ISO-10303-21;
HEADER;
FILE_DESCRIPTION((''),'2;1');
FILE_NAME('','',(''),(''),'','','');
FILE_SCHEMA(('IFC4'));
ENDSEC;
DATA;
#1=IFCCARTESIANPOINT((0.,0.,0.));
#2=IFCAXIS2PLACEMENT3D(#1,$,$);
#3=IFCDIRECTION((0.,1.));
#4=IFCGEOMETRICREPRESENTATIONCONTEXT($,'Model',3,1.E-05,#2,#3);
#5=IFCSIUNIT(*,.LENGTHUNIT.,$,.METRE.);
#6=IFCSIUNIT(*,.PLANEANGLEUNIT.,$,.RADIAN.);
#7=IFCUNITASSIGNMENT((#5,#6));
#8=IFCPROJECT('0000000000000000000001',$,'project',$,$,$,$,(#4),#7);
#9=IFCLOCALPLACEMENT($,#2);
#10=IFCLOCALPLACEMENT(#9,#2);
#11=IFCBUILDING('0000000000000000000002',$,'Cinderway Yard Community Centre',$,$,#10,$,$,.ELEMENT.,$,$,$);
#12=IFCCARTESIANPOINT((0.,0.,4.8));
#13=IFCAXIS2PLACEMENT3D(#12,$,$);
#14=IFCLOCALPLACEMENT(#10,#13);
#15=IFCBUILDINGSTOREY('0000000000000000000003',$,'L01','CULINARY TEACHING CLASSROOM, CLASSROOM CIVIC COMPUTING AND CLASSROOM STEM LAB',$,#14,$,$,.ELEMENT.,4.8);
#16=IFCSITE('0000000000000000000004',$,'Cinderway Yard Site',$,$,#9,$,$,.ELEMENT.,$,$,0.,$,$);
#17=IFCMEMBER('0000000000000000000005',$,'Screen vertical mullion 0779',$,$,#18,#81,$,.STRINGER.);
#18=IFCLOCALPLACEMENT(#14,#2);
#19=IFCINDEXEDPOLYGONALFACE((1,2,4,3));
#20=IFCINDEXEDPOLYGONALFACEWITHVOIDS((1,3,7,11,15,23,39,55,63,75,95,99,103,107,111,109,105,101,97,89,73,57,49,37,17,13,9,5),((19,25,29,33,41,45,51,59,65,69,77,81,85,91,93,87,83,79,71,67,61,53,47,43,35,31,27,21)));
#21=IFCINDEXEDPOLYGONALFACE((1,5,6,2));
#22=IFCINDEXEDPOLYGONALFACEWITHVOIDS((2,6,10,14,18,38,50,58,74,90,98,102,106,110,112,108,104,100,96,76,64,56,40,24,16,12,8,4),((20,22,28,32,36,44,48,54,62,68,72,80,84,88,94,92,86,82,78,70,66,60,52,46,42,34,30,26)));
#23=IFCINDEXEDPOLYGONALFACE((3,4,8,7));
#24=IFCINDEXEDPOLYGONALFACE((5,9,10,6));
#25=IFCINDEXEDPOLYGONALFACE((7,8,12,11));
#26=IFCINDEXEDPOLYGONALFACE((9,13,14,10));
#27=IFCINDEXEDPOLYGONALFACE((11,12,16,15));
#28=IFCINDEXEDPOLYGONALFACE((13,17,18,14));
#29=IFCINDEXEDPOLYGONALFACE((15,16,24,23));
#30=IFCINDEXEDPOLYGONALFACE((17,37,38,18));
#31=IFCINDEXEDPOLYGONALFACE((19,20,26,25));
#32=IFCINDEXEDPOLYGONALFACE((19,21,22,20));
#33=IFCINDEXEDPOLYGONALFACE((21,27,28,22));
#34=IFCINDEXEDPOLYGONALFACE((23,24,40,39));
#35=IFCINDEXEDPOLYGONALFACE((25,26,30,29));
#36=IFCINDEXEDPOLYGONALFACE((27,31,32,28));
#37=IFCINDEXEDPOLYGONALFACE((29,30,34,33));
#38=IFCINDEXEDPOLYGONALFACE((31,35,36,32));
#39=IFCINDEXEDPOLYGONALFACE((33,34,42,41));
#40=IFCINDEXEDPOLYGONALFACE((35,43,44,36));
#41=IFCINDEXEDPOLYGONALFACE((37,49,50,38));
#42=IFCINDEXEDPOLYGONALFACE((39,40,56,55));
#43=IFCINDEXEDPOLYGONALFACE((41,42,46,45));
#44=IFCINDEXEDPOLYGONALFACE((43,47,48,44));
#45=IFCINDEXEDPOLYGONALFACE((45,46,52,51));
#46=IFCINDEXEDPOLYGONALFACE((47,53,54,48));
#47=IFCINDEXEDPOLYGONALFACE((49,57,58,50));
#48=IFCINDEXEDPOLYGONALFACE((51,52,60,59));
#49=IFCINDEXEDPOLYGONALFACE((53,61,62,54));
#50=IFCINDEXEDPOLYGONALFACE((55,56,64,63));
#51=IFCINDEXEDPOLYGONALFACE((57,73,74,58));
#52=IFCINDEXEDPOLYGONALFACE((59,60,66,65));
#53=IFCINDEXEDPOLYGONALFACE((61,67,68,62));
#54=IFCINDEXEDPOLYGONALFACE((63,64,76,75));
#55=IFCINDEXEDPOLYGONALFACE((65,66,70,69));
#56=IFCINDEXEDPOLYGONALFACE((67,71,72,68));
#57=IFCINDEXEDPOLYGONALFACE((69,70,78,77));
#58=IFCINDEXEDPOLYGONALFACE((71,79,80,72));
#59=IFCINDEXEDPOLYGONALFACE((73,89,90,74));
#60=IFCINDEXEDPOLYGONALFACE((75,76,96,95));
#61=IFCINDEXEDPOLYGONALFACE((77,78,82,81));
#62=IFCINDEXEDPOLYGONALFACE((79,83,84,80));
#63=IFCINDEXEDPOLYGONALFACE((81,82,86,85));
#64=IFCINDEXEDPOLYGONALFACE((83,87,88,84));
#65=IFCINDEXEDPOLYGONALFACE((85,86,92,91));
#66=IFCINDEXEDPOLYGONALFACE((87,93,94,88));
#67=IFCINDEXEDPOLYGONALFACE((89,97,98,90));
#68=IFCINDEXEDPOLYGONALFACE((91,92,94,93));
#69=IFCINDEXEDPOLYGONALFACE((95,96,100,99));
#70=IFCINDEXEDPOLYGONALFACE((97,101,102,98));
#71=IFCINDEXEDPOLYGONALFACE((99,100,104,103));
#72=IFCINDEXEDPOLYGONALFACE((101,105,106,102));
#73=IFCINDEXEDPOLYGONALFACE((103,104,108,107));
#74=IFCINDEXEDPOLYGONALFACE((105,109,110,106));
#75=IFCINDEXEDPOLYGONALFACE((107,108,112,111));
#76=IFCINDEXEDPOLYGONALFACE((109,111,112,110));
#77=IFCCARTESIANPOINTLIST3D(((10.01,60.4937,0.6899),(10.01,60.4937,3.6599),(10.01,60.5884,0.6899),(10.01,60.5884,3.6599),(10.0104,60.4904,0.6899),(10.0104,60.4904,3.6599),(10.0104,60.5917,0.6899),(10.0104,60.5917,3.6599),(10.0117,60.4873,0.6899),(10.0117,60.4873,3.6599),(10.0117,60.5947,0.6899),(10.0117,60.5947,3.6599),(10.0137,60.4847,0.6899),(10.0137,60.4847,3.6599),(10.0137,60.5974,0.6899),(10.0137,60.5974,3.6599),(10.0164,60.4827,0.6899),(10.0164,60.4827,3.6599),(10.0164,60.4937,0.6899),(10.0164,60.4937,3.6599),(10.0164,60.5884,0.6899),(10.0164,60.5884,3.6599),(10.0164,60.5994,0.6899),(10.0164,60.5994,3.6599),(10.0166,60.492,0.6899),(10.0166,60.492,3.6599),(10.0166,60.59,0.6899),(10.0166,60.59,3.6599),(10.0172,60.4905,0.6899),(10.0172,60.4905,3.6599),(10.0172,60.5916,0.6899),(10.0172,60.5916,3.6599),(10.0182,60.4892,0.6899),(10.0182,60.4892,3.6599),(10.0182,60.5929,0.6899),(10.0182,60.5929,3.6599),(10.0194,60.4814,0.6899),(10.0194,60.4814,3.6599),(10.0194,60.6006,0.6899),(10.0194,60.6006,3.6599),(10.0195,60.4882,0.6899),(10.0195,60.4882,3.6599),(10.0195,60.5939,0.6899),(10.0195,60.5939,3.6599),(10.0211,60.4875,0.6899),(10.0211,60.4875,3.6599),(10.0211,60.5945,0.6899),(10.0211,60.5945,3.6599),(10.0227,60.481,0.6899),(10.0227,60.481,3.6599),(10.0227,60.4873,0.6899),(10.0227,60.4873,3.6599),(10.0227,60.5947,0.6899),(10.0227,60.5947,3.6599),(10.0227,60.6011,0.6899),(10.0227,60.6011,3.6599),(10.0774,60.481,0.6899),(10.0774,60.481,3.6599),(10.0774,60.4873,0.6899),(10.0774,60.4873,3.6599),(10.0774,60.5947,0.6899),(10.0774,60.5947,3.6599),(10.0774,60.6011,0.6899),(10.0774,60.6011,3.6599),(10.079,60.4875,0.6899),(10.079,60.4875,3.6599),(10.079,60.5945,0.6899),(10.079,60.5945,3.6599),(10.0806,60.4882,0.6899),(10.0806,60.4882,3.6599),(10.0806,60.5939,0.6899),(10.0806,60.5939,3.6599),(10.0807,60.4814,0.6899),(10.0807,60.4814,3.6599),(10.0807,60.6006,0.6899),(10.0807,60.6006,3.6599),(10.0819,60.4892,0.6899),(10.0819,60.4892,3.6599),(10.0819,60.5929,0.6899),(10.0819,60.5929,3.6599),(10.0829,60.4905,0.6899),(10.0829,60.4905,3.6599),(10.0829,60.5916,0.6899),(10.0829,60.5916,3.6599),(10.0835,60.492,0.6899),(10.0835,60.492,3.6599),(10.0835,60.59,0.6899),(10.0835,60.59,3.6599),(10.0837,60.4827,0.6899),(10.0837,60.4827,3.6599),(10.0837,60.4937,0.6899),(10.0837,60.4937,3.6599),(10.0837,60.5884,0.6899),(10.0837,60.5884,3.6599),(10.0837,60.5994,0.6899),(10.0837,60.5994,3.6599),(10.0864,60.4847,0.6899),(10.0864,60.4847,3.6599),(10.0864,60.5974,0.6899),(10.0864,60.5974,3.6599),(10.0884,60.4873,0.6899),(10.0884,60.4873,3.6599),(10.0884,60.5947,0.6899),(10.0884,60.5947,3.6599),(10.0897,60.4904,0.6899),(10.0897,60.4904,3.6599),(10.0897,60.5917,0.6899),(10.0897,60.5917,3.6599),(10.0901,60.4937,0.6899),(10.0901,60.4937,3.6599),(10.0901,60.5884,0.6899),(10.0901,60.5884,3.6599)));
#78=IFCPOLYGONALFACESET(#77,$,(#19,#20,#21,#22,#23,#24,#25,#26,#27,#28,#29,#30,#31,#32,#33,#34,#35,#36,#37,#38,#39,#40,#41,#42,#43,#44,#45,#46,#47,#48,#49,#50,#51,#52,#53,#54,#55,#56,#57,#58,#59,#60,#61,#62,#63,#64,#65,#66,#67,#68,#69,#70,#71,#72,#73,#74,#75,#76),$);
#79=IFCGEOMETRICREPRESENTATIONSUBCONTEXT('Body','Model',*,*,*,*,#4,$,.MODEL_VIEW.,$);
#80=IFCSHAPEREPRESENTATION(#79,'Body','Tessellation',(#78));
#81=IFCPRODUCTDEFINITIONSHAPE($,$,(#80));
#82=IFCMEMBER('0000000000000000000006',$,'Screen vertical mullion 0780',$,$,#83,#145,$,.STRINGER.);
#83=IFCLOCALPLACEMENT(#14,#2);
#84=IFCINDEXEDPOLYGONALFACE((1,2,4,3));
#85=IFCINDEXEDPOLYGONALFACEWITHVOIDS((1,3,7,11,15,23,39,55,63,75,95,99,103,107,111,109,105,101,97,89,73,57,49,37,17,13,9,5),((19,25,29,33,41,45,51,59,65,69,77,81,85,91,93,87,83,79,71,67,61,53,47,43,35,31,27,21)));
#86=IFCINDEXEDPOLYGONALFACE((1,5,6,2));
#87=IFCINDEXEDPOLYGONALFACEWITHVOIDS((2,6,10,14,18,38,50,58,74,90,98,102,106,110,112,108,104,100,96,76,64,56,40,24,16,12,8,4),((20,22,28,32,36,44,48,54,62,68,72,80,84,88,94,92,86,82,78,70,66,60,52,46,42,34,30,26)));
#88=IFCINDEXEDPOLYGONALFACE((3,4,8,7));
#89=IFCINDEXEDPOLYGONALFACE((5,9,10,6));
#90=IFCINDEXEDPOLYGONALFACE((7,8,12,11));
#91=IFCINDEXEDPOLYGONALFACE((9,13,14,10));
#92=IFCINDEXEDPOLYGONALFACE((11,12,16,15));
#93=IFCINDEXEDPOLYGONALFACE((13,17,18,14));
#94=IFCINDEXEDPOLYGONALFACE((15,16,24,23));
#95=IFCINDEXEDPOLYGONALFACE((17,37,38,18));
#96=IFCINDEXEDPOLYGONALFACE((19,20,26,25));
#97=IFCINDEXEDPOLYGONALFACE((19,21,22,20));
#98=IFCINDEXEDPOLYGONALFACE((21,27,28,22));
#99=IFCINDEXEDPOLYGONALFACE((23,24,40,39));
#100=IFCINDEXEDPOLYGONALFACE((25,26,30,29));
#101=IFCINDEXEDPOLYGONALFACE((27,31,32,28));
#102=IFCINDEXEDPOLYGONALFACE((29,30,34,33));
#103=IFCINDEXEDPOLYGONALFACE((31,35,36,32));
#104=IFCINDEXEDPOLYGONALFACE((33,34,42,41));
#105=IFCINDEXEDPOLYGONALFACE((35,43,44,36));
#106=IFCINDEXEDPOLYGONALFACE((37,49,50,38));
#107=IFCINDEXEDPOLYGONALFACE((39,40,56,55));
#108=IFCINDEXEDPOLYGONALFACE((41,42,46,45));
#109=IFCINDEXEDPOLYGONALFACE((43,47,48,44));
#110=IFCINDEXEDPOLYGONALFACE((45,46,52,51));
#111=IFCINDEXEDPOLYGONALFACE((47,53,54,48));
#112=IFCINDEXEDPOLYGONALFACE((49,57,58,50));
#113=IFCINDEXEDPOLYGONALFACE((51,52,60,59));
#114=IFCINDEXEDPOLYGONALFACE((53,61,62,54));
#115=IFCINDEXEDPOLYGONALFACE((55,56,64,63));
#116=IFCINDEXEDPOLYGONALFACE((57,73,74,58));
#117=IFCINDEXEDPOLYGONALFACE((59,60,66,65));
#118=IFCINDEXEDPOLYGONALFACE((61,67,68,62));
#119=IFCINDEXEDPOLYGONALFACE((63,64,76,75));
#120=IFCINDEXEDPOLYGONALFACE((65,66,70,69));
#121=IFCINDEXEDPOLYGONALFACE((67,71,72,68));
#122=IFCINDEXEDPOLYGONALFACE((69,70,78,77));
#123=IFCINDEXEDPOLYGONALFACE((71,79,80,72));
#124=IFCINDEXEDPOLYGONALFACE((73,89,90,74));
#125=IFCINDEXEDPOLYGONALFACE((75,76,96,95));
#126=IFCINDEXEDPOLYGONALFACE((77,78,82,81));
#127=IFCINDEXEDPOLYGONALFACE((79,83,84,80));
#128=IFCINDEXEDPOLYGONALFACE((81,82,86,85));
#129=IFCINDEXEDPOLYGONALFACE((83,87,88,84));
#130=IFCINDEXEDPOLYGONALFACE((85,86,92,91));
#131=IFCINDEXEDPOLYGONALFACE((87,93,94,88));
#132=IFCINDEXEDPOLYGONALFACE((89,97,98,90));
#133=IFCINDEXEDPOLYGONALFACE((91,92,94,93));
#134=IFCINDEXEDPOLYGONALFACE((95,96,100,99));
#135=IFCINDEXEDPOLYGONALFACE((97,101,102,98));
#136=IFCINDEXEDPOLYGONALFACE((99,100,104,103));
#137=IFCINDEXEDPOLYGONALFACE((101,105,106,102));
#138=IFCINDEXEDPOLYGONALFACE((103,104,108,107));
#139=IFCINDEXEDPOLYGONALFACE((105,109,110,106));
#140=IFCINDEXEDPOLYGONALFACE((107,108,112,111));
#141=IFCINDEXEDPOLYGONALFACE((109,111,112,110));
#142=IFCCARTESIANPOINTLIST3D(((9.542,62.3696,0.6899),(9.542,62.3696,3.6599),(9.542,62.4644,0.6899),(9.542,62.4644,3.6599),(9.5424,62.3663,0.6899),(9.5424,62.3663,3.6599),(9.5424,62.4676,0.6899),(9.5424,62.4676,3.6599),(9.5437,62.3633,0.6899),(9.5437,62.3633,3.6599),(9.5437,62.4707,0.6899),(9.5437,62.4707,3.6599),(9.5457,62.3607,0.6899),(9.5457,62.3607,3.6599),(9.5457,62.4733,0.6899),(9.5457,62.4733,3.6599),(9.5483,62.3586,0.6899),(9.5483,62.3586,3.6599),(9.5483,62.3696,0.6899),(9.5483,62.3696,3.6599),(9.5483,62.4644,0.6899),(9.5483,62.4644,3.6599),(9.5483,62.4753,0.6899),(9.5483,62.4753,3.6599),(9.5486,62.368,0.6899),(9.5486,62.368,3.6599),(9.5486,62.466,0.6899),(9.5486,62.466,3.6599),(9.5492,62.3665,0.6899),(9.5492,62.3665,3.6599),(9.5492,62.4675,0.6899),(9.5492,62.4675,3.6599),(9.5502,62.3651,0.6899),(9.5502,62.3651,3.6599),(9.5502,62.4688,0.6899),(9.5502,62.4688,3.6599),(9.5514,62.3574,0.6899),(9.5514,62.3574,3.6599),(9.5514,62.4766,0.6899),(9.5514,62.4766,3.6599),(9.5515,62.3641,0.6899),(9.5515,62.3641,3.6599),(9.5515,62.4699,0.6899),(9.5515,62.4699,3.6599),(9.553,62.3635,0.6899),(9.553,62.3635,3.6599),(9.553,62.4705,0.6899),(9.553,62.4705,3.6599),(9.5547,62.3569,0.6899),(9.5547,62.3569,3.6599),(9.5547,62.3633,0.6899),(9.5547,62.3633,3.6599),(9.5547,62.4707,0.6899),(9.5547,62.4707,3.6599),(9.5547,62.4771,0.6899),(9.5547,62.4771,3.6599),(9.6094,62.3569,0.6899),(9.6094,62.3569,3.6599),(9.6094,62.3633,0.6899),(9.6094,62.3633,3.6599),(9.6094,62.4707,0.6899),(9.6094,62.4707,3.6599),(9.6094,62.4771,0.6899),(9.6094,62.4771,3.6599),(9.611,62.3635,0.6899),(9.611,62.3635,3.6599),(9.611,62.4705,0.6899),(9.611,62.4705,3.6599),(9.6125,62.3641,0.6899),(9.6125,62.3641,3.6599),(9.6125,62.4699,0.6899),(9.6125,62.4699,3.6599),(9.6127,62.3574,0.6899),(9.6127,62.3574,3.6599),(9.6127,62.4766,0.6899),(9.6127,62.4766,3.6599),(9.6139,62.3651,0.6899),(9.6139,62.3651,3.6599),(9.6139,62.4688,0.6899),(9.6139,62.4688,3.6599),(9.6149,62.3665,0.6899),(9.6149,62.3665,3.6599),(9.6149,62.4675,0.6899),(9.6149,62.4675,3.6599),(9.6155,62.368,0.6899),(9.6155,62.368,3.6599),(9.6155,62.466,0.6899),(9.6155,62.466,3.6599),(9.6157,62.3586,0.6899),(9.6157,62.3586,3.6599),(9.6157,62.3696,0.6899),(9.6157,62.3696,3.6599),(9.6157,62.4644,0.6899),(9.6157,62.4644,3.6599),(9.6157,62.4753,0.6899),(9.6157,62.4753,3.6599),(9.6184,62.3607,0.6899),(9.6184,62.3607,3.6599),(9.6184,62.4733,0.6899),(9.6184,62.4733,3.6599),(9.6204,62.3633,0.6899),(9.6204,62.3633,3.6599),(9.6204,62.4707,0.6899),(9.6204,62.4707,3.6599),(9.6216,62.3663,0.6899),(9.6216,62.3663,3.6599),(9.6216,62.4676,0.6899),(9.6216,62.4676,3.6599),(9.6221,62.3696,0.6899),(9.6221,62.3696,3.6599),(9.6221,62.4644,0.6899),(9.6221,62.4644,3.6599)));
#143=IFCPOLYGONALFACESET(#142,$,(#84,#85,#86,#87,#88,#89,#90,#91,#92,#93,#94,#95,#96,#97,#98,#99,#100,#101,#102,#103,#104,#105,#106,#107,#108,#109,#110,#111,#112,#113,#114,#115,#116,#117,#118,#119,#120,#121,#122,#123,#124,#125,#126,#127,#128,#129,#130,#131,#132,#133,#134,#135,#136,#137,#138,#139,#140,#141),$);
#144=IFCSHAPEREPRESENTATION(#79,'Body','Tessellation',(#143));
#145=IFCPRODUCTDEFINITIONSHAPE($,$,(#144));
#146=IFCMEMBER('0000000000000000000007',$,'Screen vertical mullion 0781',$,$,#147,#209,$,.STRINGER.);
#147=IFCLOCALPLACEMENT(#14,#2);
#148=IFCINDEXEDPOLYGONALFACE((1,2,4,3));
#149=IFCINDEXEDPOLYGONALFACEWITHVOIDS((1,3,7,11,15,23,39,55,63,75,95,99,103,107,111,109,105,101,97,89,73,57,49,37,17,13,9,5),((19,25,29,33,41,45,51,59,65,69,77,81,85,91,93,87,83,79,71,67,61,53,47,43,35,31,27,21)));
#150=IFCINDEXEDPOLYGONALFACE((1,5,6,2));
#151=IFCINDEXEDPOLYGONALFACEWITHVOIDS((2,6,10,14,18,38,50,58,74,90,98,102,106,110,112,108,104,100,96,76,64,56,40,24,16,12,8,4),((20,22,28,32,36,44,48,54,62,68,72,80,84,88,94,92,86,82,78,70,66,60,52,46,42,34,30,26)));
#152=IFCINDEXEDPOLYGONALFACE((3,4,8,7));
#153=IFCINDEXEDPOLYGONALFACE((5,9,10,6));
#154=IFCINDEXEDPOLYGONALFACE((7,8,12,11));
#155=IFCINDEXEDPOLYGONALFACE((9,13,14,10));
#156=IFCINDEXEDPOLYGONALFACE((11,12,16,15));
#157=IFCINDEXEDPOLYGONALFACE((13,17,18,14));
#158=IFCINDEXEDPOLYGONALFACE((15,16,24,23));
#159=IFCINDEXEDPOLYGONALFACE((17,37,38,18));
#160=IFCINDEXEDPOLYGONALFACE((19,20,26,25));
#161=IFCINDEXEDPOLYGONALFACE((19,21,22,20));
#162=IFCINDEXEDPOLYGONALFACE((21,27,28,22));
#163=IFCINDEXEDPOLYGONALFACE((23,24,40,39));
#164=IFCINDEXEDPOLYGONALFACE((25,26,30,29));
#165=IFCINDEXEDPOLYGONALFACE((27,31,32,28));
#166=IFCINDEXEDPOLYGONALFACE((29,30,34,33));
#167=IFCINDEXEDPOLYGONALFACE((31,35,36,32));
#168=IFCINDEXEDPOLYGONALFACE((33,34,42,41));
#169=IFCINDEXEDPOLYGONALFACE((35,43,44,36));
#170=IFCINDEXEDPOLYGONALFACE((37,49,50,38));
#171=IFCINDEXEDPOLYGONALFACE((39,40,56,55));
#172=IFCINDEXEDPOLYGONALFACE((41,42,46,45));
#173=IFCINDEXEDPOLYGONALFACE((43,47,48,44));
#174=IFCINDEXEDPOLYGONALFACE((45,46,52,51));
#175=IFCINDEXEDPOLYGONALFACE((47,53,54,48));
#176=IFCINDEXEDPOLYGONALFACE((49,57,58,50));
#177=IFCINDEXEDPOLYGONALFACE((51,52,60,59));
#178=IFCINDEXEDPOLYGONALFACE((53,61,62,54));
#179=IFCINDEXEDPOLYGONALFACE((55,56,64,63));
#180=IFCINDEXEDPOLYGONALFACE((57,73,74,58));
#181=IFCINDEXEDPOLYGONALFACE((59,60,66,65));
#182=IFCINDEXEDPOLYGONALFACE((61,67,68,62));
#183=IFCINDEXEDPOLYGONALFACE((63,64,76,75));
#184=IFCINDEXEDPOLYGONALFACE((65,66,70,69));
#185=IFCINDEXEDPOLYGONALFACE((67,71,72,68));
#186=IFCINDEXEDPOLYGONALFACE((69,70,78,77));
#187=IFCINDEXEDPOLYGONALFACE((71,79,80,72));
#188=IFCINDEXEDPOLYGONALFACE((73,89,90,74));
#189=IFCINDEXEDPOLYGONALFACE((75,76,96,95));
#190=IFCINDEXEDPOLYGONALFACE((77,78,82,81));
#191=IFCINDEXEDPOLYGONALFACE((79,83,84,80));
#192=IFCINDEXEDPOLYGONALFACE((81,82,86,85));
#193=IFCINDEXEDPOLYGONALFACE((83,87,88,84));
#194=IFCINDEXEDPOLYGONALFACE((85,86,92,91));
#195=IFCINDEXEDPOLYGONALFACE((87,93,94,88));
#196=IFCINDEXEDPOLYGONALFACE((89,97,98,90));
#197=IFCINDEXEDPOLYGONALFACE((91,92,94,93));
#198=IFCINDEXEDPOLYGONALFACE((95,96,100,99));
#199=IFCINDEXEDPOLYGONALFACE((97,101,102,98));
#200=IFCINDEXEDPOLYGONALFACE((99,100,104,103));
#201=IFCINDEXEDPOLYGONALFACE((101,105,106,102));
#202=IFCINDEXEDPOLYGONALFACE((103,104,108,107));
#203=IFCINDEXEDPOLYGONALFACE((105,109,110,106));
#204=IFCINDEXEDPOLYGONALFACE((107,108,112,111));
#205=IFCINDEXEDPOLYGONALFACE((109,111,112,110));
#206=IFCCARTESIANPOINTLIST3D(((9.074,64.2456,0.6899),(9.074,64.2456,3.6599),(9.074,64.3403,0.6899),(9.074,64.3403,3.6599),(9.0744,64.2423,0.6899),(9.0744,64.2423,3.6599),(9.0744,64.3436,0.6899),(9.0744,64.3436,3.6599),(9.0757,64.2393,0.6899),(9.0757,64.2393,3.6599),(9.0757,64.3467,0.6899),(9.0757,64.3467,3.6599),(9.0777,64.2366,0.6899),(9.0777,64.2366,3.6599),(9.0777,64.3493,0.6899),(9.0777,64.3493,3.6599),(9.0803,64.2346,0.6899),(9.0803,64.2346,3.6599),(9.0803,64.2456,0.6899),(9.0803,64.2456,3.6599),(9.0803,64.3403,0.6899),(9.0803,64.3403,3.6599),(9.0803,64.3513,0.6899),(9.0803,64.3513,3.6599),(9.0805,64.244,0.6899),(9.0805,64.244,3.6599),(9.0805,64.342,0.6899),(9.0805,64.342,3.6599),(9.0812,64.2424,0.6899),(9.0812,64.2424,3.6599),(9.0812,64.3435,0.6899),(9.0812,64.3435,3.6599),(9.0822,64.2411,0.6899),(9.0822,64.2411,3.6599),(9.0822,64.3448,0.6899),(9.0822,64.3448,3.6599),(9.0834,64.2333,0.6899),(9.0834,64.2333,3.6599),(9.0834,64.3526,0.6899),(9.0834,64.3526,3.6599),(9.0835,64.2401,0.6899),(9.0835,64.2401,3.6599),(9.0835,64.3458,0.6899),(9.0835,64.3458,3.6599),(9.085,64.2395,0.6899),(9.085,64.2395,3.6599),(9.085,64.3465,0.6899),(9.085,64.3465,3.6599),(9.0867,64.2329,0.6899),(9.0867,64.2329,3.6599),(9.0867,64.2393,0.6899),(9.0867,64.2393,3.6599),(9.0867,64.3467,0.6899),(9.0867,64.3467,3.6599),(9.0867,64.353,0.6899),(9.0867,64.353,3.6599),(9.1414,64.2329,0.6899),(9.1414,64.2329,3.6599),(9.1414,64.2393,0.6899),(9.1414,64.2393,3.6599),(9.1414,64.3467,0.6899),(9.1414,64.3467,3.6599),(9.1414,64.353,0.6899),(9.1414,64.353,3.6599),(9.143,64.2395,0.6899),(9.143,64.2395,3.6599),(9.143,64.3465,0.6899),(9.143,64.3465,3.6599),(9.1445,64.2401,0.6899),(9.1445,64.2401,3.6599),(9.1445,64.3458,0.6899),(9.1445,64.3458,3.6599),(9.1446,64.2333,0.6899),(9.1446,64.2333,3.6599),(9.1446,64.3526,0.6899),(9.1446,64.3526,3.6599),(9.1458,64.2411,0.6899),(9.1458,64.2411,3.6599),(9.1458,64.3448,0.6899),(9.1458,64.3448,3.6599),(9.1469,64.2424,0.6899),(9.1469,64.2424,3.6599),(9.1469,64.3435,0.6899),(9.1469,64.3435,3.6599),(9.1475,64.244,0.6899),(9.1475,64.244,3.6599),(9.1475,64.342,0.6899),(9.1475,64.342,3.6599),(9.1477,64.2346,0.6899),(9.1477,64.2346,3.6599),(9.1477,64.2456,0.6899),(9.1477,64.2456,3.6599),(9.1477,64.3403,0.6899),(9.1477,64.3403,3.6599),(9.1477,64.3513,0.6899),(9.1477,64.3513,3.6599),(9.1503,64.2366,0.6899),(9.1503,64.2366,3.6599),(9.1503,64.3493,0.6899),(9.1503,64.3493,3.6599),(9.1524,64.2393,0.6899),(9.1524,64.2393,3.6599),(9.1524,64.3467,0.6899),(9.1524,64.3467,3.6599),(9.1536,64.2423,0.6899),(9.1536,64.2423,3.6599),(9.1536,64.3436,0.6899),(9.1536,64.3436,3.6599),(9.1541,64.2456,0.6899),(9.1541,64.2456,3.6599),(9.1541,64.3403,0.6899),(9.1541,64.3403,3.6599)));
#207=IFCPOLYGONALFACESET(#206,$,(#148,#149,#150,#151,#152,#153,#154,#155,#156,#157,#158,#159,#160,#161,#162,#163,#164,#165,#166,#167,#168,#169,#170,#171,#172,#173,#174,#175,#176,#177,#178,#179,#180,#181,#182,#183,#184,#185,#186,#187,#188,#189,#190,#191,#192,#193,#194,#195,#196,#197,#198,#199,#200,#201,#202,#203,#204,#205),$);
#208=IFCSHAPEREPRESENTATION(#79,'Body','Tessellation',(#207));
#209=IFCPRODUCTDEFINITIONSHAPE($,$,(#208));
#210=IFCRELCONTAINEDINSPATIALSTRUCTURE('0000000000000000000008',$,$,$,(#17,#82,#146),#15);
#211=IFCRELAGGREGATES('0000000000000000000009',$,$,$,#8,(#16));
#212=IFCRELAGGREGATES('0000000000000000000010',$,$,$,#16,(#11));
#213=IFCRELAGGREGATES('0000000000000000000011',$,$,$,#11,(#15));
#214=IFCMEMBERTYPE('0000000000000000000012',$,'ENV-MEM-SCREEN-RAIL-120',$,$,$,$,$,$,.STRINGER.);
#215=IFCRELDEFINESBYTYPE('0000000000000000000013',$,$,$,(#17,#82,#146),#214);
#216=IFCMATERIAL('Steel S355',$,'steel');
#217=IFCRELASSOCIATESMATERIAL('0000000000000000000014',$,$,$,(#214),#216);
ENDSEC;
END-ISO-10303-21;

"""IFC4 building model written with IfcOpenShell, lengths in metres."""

from ifc_helpers import new_model, si_unit, direction, frame, origin, origin_2d, place, context, subcontext, project, spatial, hollow_rectangle, extrude, material, material_profile, profile_set, type_object, element, save


model = new_model("IFC4")

# Units and contexts
model_context = context("Model", 3, precision=1e-05, world=origin(), true_north=direction((0.0, 1.0)))
body_context = subcontext(model_context, "Body", "Model", "MODEL_VIEW")
ifc_project = project(units=[si_unit("LENGTHUNIT", "METRE"), si_unit("PLANEANGLEUNIT", "RADIAN")], contexts=[model_context])

# Site, building, storey
site_placement = place(None, origin())
site = spatial("IfcSite", under=ifc_project, at=site_placement, Name="Cinderway Yard Site", CompositionType="ELEMENT", RefElevation=0.0)
building_placement = place(site_placement, origin())
building = spatial("IfcBuilding", under=site, at=building_placement, Name="Cinderway Yard Community Centre", CompositionType="ELEMENT")
storey_placement = place(building_placement, frame((0.0, 0.0, 4.8)))
storey = spatial("IfcBuildingStorey", under=building, at=storey_placement, Name="L01", Description="CULINARY TEACHING CLASSROOM, CLASSROOM CIVIC COMPUTING AND CLASSROOM STEM LAB", CompositionType="ELEMENT", Elevation=4.8)

# Members
ifc_material_1 = material(Name="Steel S355", Category="steel")
ifc_material_profile_1 = material_profile(ifc_material_1, hollow_rectangle(XDim=0.0801, YDim=0.1201, WallThickness=0.0063, InnerFilletRadius=0.0063, OuterFilletRadius=0.0127, at=origin_2d()), Name="Steel S355")
ifc_profile_set_1 = profile_set([ifc_material_profile_1], Name="Steel S355")
member_type_1 = type_object("IfcMemberType", Name="ENV-MEM-SCREEN-RAIL-120", PredefinedType="STRINGER", material=ifc_profile_set_1)
for number, where, z_axis, x_axis, name in (
    (1, (10.05, 60.541, 0.6899), (0.0, 0.0, 1.0), (1.0, 0.0, 0.0), "Screen vertical mullion 0779"),
    (2, (9.582, 62.417, 0.6899), (0.0, 0.0, 1.0), (1.0, 0.0, 0.0), "Screen vertical mullion 0780"),
    (3, (9.114, 64.293, 0.6899), (0.0, 0.0, 1.0), (1.0, 0.0, 0.0), "Screen vertical mullion 0781"),
):
    element("IfcMember", number, at=place(storey_placement, frame(where, z_axis=z_axis, x_axis=x_axis)), inside=storey, type_object=member_type_1, Name=name, PredefinedType="STRINGER", context=body_context, shape_type="SweptSolid", body=[
        extrude(hollow_rectangle(XDim=0.0801, YDim=0.1201, WallThickness=0.0063, InnerFilletRadius=0.0063, OuterFilletRadius=0.0127, at=origin_2d()), origin(), (0.0, 0.0, 1.0), 2.97),
    ])

save(model, "model.ifc")
